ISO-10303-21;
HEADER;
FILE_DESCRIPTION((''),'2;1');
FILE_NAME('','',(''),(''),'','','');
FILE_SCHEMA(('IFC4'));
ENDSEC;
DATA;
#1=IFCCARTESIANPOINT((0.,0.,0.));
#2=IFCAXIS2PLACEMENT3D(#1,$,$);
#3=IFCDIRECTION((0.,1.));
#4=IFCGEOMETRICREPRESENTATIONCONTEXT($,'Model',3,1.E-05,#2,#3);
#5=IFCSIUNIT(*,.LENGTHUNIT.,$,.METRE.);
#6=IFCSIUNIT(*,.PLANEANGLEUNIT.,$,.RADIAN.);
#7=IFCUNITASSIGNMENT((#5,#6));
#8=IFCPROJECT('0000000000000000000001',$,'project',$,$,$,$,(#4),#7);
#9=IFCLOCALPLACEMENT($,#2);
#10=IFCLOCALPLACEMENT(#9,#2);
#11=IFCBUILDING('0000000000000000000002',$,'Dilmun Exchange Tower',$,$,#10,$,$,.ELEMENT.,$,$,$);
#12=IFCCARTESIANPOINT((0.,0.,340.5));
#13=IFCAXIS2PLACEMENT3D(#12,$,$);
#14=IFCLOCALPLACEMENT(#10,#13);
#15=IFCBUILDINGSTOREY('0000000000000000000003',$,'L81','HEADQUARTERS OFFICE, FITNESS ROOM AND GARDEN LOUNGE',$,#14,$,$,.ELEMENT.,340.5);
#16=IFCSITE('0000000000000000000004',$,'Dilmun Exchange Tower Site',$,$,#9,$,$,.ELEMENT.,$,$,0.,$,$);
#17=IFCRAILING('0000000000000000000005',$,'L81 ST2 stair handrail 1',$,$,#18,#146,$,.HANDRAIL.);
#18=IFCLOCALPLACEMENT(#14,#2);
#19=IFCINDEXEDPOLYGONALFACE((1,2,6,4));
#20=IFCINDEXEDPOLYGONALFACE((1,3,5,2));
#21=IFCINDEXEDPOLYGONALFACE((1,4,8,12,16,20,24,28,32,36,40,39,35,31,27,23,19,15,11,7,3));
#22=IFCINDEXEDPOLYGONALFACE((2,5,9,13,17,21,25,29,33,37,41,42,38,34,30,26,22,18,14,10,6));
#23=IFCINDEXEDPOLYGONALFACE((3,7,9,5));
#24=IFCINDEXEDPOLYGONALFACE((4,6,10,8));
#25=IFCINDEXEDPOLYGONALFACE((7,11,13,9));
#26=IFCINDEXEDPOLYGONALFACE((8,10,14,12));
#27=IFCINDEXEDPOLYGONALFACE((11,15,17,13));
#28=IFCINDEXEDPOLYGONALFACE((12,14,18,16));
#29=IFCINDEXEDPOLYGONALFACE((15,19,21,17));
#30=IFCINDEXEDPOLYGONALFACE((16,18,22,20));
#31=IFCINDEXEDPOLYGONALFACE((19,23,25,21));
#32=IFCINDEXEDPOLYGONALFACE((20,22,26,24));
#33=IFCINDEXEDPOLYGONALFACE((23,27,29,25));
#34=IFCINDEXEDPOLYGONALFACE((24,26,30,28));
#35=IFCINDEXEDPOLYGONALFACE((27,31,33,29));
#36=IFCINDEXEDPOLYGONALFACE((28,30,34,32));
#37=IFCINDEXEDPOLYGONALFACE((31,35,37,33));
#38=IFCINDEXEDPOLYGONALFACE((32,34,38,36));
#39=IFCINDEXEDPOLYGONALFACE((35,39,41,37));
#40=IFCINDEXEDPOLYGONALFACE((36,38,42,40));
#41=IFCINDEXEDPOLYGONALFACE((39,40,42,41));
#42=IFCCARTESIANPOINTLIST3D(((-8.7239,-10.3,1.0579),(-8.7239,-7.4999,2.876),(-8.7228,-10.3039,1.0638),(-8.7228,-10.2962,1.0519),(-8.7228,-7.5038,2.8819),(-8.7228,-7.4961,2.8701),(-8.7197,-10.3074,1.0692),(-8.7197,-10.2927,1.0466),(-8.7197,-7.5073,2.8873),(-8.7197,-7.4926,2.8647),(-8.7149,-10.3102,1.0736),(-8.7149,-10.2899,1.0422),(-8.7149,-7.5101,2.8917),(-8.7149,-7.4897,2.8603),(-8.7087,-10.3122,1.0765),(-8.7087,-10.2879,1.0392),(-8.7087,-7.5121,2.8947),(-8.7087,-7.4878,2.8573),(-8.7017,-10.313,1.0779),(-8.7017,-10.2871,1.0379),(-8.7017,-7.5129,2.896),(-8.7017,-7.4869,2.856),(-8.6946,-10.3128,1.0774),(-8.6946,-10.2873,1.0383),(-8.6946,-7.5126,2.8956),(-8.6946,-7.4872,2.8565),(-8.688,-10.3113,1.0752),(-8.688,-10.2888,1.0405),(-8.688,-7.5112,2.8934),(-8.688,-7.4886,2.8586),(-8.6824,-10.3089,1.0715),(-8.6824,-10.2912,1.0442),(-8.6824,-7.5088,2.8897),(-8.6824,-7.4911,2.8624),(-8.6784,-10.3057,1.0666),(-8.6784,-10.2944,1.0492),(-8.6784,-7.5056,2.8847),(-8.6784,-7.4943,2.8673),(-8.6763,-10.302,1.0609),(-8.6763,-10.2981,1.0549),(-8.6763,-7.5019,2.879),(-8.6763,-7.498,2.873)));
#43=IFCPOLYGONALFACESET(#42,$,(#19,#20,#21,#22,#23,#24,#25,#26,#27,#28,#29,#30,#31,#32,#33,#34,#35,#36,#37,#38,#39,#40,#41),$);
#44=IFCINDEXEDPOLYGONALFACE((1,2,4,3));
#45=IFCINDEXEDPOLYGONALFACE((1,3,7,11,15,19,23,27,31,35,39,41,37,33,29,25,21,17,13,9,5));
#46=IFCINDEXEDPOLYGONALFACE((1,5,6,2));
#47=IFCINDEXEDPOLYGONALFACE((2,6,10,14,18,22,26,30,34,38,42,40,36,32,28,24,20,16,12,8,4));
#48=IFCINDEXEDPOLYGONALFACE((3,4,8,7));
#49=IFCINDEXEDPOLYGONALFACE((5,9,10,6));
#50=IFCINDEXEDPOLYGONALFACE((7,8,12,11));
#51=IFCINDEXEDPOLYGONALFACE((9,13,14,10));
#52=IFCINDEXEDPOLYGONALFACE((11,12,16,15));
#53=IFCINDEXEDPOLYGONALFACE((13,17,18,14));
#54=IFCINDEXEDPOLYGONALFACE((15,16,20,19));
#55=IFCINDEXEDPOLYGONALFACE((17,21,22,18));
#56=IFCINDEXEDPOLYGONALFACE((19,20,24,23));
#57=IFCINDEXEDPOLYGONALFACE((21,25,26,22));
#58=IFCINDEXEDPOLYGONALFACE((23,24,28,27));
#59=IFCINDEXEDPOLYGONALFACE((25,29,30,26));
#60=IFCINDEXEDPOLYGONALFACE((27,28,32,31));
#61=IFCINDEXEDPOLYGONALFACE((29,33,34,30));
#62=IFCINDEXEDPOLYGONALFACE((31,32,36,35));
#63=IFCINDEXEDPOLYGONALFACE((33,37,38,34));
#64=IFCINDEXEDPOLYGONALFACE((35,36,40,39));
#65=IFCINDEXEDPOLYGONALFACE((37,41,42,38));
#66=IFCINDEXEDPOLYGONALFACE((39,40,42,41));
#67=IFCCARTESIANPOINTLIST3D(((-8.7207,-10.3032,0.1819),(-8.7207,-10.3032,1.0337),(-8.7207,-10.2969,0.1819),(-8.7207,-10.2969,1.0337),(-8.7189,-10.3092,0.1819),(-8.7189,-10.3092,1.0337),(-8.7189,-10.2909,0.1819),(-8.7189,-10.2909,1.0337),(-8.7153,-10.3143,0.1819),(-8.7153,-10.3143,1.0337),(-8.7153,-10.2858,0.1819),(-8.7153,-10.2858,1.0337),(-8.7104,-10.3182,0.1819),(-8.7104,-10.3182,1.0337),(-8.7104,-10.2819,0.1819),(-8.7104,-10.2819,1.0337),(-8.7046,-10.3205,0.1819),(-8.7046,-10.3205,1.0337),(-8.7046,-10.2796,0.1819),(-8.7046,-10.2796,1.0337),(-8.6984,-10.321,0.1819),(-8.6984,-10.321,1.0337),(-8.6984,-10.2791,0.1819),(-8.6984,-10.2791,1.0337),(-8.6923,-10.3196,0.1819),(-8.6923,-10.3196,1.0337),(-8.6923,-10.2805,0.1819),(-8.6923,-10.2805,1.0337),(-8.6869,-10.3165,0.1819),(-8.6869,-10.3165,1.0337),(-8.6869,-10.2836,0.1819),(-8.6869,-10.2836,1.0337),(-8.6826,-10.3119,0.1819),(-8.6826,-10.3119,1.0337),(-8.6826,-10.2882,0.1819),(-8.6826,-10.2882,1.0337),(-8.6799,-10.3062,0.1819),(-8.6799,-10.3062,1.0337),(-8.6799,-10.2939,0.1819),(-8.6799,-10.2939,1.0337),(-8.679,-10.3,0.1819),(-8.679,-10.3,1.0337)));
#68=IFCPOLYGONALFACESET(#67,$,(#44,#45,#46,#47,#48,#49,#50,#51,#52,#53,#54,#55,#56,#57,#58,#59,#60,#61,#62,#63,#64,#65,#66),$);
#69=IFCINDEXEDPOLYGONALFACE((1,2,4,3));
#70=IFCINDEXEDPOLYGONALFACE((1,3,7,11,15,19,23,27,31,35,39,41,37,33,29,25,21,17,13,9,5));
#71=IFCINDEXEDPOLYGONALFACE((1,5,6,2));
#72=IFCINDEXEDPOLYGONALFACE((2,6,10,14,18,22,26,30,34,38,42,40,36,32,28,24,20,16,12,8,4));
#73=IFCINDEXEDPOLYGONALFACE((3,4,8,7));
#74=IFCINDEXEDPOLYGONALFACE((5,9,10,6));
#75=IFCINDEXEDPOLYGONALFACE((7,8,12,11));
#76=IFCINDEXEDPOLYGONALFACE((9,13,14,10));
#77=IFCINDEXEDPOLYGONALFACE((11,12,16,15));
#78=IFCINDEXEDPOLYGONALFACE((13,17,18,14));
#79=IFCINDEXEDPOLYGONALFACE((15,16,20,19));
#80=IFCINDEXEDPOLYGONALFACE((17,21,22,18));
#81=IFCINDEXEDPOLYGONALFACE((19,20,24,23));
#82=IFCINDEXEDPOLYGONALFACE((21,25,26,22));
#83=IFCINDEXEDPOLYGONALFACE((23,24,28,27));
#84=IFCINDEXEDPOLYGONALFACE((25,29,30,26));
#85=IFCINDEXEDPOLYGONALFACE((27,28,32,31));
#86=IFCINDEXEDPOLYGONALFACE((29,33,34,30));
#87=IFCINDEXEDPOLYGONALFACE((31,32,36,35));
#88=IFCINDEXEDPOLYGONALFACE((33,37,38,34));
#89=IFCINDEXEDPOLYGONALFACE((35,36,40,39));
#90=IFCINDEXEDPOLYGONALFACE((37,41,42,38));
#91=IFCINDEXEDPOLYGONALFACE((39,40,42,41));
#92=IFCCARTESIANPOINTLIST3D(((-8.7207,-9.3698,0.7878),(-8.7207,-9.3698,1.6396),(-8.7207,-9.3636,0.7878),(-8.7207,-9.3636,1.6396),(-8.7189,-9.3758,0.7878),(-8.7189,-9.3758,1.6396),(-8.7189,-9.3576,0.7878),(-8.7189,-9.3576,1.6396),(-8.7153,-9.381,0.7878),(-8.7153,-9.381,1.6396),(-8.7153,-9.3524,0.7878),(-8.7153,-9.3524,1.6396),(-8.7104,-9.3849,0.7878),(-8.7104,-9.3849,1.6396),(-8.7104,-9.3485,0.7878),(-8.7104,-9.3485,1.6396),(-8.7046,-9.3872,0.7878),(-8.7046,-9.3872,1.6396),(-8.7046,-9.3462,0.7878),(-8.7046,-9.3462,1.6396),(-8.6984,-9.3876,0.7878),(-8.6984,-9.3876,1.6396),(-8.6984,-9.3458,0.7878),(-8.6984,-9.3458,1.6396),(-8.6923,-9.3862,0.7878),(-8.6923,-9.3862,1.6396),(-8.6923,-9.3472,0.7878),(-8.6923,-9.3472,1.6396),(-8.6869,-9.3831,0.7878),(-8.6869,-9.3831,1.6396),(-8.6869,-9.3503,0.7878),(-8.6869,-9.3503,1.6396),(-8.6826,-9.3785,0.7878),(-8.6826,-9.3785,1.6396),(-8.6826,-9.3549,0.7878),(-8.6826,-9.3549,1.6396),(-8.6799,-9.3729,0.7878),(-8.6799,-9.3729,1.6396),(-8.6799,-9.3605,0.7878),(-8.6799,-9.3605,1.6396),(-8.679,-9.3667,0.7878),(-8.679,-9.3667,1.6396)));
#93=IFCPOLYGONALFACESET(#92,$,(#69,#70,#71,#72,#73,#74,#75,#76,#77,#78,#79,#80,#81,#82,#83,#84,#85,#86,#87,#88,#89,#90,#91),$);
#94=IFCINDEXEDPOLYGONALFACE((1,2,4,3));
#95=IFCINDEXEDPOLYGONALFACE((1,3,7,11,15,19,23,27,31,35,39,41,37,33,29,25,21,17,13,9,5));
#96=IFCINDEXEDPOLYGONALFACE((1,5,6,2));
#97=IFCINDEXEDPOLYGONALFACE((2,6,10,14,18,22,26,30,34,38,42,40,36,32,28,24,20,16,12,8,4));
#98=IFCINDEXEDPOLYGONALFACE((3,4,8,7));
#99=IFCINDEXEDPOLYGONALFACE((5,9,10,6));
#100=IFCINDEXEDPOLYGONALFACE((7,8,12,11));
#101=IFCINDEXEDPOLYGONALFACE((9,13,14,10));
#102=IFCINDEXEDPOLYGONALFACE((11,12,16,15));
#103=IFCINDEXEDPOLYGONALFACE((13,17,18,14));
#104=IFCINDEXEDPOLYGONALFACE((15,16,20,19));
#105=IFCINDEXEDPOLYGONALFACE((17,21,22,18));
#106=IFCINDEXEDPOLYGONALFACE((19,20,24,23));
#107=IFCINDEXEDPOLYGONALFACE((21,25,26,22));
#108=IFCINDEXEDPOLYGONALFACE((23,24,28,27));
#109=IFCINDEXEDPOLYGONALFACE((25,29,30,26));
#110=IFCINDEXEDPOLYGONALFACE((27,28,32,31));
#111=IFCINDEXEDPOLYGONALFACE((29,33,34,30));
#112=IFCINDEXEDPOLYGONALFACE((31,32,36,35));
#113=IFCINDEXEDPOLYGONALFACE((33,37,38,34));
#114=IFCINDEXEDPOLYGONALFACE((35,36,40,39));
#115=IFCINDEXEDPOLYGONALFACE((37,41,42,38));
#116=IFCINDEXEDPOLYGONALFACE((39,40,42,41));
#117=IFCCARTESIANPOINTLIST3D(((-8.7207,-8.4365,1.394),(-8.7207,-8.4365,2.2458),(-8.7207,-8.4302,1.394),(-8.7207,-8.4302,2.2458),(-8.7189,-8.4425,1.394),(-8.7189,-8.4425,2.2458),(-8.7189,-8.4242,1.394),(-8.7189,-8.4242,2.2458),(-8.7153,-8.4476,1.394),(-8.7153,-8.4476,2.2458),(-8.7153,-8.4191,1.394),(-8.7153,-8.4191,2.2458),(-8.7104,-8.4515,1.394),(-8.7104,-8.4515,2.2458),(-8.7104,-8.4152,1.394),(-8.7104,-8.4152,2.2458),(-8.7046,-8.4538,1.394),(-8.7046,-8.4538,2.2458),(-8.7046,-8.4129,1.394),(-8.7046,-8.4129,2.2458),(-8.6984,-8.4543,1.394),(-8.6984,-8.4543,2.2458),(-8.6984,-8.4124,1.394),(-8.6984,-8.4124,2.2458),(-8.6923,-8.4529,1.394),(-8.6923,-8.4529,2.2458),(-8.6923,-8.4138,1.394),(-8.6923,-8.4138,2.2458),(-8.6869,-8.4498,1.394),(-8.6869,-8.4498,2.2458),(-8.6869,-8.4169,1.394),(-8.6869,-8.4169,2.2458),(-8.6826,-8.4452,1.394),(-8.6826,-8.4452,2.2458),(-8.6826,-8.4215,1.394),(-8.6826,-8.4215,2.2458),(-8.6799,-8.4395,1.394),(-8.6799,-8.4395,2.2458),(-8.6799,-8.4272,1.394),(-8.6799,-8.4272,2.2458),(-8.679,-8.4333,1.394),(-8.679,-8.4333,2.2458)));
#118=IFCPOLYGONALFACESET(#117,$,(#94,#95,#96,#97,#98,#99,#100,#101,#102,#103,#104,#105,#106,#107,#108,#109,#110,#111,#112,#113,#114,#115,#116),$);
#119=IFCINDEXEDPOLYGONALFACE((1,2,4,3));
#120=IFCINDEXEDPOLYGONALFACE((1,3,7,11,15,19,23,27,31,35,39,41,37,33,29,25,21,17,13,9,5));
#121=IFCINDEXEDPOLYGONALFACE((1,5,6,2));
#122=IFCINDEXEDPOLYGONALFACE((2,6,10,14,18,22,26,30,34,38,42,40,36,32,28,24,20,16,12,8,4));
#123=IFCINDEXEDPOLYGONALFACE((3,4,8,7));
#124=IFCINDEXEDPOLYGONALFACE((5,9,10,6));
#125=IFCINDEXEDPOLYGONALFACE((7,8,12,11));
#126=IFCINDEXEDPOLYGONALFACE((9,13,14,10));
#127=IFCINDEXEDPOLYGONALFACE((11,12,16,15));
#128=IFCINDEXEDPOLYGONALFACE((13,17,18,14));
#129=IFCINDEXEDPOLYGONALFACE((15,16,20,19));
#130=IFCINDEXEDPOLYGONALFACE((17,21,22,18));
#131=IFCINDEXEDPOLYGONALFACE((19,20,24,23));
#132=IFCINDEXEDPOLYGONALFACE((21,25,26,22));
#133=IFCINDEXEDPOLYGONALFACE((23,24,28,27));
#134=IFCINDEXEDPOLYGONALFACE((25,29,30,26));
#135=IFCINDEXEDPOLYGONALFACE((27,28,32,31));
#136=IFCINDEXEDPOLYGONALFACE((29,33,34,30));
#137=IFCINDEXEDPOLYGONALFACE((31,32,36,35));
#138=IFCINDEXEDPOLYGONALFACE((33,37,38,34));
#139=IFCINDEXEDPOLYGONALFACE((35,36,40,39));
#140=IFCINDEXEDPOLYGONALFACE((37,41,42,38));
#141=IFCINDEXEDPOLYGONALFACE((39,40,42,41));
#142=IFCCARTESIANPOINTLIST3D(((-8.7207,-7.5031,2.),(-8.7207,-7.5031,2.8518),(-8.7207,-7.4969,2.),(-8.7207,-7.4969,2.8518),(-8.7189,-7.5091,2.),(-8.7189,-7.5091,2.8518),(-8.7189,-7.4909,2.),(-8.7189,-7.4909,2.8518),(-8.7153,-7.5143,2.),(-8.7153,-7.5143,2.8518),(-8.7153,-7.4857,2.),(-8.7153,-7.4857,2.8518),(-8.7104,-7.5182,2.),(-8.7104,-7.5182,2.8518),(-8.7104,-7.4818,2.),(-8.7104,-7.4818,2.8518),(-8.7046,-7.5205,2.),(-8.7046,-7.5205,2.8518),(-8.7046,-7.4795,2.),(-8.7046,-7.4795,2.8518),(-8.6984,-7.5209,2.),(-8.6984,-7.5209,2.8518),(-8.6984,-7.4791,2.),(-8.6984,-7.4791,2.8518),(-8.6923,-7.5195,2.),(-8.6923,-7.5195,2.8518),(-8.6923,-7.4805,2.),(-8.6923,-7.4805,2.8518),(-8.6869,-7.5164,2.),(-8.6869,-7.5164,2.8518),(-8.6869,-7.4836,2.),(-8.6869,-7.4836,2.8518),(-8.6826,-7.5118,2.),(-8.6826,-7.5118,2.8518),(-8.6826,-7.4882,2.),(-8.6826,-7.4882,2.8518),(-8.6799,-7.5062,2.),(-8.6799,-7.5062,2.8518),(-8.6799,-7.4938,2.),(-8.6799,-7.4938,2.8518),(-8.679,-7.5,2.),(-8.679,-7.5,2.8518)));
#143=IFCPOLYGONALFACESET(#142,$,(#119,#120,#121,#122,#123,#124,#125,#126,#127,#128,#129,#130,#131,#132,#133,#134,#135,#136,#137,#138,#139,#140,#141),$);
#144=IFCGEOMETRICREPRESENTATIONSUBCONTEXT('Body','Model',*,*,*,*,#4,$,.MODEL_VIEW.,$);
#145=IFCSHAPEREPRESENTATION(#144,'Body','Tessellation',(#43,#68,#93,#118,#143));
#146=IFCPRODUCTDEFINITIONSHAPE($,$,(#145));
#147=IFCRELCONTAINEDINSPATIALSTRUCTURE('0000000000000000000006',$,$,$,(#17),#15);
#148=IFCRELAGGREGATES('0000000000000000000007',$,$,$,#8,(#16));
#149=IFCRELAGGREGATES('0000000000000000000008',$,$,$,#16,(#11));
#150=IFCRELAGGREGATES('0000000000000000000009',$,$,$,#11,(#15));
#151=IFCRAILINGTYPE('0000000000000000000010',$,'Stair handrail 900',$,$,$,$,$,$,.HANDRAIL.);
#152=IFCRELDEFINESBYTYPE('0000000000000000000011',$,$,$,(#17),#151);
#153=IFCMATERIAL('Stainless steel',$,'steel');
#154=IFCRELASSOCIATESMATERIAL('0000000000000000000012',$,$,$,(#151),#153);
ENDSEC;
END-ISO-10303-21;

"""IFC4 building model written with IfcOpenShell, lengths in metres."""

from ifc_helpers import new_model, si_unit, direction, frame, origin, origin_2d, place, context, subcontext, project, spatial, circle, extrude, material, type_object, element, save


model = new_model("IFC4")

# Units and contexts
model_context = context("Model", 3, precision=1e-05, world=origin(), true_north=direction((0.0, 1.0)))
body_context = subcontext(model_context, "Body", "Model", "MODEL_VIEW")
ifc_project = project(units=[si_unit("LENGTHUNIT", "METRE"), si_unit("PLANEANGLEUNIT", "RADIAN")], contexts=[model_context])

# Site, building, storey
site_placement = place(None, origin())
site = spatial("IfcSite", under=ifc_project, at=site_placement, Name="Dilmun Exchange Tower Site", CompositionType="ELEMENT", RefElevation=0.0)
building_placement = place(site_placement, origin())
building = spatial("IfcBuilding", under=site, at=building_placement, Name="Dilmun Exchange Tower", CompositionType="ELEMENT")
storey_placement = place(building_placement, frame((0.0, 0.0, 340.5)))
storey = spatial("IfcBuildingStorey", under=building, at=storey_placement, Name="L81", Description="HEADQUARTERS OFFICE, FITNESS ROOM AND GARDEN LOUNGE", CompositionType="ELEMENT", Elevation=340.5)

# Railing
ifc_material_1 = material(Name="Stainless steel", Category="steel")
railing_type = type_object("IfcRailingType", Name="Stair handrail 900", PredefinedType="HANDRAIL", material=ifc_material_1)
railing_placement = place(storey_placement, frame((-8.7, -10.3, 0.1819)))
element("IfcRailing", 1, at=railing_placement, inside=storey, type_object=railing_type, Name="L81 ST2 stair handrail 1", PredefinedType="HANDRAIL", context=body_context, shape_type="SweptSolid", body=[
    extrude(circle(Radius=0.0239, at=origin_2d()), frame((0.0, 0.0, 0.876), z_axis=(0.0, 0.838706, 0.544585), x_axis=(-1.0, 0.0, 0.0)), (0.0, 0.0, 1.0), 3.3386),
    extrude(circle(Radius=0.021, at=origin_2d()), origin(), (0.0, 0.0, 1.0), 0.8518),
    extrude(circle(Radius=0.021, at=origin_2d()), frame((0.0, 0.9333, 0.606)), (0.0, 0.0, 1.0), 0.8518),
    extrude(circle(Radius=0.021, at=origin_2d()), frame((0.0, 1.8667, 1.2122)), (0.0, 0.0, 1.0), 0.8518),
    extrude(circle(Radius=0.021, at=origin_2d()), frame((0.0, 2.8, 1.8181)), (0.0, 0.0, 1.0), 0.8518),
])

save(model, "model.ifc")
